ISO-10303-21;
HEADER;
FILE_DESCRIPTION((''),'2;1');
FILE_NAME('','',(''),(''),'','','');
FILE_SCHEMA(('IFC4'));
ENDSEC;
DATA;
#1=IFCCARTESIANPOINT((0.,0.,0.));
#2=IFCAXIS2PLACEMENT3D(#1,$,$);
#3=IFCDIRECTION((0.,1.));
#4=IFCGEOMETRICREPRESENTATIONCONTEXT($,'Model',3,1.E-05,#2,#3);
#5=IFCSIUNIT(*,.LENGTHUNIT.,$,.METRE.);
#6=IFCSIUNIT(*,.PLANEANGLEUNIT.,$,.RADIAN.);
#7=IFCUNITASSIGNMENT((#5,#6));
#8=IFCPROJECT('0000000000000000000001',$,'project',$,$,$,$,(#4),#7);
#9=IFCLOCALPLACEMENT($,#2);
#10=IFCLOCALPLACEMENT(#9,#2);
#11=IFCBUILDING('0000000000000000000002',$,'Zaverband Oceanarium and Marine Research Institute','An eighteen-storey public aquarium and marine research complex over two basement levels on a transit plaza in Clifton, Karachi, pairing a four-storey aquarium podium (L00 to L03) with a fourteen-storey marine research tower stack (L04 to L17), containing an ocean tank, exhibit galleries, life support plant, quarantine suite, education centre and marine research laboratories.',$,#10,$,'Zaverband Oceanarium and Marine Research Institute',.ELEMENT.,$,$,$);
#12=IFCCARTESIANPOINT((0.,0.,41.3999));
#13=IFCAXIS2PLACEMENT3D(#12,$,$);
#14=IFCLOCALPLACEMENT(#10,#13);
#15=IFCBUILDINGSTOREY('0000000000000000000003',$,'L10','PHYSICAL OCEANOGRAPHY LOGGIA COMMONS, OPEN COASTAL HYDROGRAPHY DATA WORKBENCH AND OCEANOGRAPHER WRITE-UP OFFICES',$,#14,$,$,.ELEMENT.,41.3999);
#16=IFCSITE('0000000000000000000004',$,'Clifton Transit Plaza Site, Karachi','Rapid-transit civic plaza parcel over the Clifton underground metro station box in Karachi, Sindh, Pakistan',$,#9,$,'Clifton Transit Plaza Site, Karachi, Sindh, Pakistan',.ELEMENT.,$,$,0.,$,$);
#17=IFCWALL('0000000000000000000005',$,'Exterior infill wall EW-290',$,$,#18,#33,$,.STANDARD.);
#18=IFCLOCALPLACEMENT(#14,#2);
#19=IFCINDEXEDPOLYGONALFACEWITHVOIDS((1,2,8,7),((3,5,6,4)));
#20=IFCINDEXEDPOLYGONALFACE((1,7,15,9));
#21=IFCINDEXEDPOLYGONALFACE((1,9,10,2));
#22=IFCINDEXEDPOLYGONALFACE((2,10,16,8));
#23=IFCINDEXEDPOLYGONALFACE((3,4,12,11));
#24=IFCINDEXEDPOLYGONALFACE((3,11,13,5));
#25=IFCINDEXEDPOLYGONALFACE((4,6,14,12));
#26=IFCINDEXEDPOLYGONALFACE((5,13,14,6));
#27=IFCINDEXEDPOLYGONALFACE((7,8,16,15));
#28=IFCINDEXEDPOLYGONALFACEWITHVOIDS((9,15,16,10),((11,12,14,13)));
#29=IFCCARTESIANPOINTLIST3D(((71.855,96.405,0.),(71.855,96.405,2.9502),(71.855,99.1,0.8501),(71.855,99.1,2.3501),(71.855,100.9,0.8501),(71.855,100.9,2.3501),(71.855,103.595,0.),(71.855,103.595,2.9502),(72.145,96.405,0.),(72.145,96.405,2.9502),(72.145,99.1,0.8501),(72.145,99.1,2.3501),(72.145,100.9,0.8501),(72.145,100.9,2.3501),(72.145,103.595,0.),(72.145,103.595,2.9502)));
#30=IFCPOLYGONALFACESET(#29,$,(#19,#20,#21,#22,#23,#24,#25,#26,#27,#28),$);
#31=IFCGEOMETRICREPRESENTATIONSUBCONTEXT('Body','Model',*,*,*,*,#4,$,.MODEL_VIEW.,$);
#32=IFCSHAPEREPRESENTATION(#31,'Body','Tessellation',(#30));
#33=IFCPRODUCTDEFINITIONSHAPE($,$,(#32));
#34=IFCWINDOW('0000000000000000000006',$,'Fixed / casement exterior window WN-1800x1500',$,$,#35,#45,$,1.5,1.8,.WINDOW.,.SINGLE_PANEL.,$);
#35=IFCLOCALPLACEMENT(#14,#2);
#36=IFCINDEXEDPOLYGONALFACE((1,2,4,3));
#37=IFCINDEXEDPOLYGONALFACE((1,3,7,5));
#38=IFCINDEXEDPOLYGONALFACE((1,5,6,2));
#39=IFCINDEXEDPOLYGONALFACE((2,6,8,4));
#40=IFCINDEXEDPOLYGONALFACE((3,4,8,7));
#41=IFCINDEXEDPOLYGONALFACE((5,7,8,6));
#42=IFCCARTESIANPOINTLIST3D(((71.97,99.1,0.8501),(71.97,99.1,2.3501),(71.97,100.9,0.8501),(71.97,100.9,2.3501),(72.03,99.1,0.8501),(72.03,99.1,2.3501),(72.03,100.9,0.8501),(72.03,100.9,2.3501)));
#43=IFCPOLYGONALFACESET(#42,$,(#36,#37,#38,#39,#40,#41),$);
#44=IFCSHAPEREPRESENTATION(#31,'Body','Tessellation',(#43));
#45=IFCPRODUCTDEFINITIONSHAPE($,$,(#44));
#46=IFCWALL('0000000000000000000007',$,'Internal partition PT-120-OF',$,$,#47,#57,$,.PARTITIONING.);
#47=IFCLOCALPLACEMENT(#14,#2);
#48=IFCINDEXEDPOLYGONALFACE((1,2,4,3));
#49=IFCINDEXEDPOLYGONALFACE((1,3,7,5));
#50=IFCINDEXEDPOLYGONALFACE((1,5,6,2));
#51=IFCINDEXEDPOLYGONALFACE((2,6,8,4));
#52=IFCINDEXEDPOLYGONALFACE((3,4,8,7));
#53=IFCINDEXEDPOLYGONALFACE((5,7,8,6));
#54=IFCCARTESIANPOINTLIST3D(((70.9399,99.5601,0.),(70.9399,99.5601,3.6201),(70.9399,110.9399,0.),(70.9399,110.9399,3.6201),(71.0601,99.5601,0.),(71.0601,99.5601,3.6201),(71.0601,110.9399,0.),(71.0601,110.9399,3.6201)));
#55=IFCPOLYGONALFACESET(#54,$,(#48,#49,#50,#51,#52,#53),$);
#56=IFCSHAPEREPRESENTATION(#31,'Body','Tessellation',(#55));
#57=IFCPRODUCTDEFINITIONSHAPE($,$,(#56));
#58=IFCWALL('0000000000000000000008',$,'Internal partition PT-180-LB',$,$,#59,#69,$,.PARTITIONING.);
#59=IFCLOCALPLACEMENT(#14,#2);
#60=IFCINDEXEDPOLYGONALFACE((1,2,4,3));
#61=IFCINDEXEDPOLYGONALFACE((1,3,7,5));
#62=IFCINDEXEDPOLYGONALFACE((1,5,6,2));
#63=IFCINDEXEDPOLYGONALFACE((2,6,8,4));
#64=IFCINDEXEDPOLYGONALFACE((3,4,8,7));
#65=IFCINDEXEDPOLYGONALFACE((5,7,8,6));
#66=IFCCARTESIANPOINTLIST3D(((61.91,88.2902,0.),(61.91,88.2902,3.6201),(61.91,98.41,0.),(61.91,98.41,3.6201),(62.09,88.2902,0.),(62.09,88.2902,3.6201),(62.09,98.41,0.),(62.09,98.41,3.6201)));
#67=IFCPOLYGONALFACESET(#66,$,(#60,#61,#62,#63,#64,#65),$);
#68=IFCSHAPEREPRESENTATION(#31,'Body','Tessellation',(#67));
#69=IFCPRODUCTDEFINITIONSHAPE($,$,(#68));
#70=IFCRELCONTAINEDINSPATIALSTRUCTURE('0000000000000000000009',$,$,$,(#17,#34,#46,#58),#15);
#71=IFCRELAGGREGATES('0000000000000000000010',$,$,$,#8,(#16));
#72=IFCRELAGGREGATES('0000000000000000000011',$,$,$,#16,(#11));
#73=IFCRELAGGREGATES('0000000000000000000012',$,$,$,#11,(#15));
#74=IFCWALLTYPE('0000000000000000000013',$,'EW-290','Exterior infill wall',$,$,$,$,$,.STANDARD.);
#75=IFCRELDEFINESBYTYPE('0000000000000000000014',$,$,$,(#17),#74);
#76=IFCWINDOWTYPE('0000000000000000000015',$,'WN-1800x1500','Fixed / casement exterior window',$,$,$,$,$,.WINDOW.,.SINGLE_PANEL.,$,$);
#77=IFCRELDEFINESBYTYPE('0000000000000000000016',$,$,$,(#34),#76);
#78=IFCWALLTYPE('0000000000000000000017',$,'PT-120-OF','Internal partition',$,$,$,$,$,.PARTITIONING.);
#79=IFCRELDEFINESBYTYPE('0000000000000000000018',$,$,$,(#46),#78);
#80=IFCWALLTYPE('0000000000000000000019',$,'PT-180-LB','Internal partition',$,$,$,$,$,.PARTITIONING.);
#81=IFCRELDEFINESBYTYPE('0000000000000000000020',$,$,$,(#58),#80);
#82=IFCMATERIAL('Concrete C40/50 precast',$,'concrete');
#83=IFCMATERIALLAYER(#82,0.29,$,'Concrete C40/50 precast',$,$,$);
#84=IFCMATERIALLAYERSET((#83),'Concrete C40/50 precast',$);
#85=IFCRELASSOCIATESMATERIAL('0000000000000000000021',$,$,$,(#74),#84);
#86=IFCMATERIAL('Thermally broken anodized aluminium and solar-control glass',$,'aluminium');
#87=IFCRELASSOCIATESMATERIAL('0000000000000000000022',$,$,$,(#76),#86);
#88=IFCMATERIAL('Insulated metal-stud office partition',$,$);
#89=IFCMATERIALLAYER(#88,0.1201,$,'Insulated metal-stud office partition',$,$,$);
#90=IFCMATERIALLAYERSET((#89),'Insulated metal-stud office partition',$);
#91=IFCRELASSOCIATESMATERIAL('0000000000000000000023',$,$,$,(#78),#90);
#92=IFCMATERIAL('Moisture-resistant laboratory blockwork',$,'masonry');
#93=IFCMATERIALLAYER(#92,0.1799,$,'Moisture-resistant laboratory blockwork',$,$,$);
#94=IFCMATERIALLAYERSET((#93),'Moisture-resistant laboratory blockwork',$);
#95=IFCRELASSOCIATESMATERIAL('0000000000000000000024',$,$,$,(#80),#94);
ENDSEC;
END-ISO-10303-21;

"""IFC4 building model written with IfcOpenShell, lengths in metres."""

from ifc_helpers import new_model, si_unit, direction, frame, frame_2d, origin, place, context, subcontext, project, spatial, rectangle, extrude, material, layer, layer_set, type_object, element, fill, save


model = new_model("IFC4")

# Units and contexts
model_context = context("Model", 3, precision=1e-05, world=origin(), true_north=direction((0.0, 1.0)))
body_context = subcontext(model_context, "Body", "Model", "MODEL_VIEW")
ifc_project = project(units=[si_unit("LENGTHUNIT", "METRE"), si_unit("PLANEANGLEUNIT", "RADIAN")], contexts=[model_context])

# Site, building, storey
site_placement = place(None, origin())
site = spatial("IfcSite", under=ifc_project, at=site_placement, Name="Clifton Transit Plaza Site, Karachi", Description="Rapid-transit civic plaza parcel over the Clifton underground metro station box in Karachi, Sindh, Pakistan", LongName="Clifton Transit Plaza Site, Karachi, Sindh, Pakistan", CompositionType="ELEMENT", RefElevation=0.0)
building_placement = place(site_placement, origin())
building = spatial("IfcBuilding", under=site, at=building_placement, Name="Zaverband Oceanarium and Marine Research Institute", Description="An eighteen-storey public aquarium and marine research complex over two basement levels on a transit plaza in Clifton, Karachi, pairing a four-storey aquarium podium (L00 to L03) with a fourteen-storey marine research tower stack (L04 to L17), containing an ocean tank, exhibit galleries, life support plant, quarantine suite, education centre and marine research laboratories.", LongName="Zaverband Oceanarium and Marine Research Institute", CompositionType="ELEMENT")
storey_placement = place(building_placement, frame((0.0, 0.0, 41.3999)))
storey = spatial("IfcBuildingStorey", under=building, at=storey_placement, Name="L10", Description="PHYSICAL OCEANOGRAPHY LOGGIA COMMONS, OPEN COASTAL HYDROGRAPHY DATA WORKBENCH AND OCEANOGRAPHER WRITE-UP OFFICES", CompositionType="ELEMENT", Elevation=41.3999)

# Wall, opening, window
ifc_material_1 = material(Name="Concrete C40/50 precast", Category="concrete")
ifc_material_2 = material(Name="Thermally broken anodized aluminium and solar-control glass", Category="aluminium")
ifc_layer_1 = layer(ifc_material_1, 0.29, Name="Concrete C40/50 precast")
ifc_layer_set_1 = layer_set([ifc_layer_1], Name="Concrete C40/50 precast")
wall_type_1 = type_object("IfcWallType", Name="EW-290", Description="Exterior infill wall", PredefinedType="STANDARD", material=ifc_layer_set_1)
wall_1_placement = place(storey_placement, frame((72.0, 96.405, 0.0), z_axis=(0.0, 0.0, 1.0), x_axis=(0.0, 1.0, 0.0)))
wall_1 = element("IfcWall", 1, at=wall_1_placement, inside=storey, type_object=wall_type_1, Name="Exterior infill wall EW-290", PredefinedType="STANDARD", context=body_context, shape_type="SweptSolid", body=[
    extrude(rectangle(XDim=7.1899, YDim=0.29, at=frame_2d((3.595, 0.0))), origin(), (0.0, 0.0, 1.0), 2.9502),
])
opening_1_placement = place(wall_1_placement, frame((2.6951, 0.0, 0.8501)))
opening_1 = element("IfcOpeningElement", 2, at=opening_1_placement, cuts=wall_1, PredefinedType="OPENING", context=body_context, shape_type="SweptSolid", body=[
    extrude(rectangle(XDim=1.8, YDim=1.5, at=frame_2d((0.8999, 0.75))), frame((0.0, 0.157, 0.0), z_axis=(0.0, -1.0, 0.0), x_axis=(1.0, 0.0, 0.0)), (0.0, 0.0, 1.0), 0.314),
])
window_type_1 = type_object("IfcWindowType", Name="WN-1800x1500", Description="Fixed / casement exterior window", PartitioningType="SINGLE_PANEL", PredefinedType="WINDOW", material=ifc_material_2)
window_1_placement = place(opening_1_placement, origin())
window_1 = element("IfcWindow", 3, at=window_1_placement, inside=storey, type_object=window_type_1, Name="Fixed / casement exterior window WN-1800x1500", OverallHeight=1.5, OverallWidth=1.8, PartitioningType="SINGLE_PANEL", PredefinedType="WINDOW", context=body_context, shape_type="SweptSolid", body=[
    extrude(rectangle(XDim=1.8, YDim=1.5, at=frame_2d((0.8999, 0.75))), frame((0.0, 0.03, 0.0), z_axis=(0.0, -1.0, 0.0), x_axis=(1.0, 0.0, 0.0)), (0.0, 0.0, 1.0), 0.0601),
])
fill(opening_1, window_1)

# Walls
ifc_material_3 = material(Name="Insulated metal-stud office partition")
ifc_layer_2 = layer(ifc_material_3, 0.1201, Name="Insulated metal-stud office partition")
ifc_layer_set_2 = layer_set([ifc_layer_2], Name="Insulated metal-stud office partition")
wall_type_2 = type_object("IfcWallType", Name="PT-120-OF", Description="Internal partition", PredefinedType="PARTITIONING", material=ifc_layer_set_2)
wall_2_placement = place(storey_placement, frame((71.0, 99.5601, 0.0), z_axis=(0.0, 0.0, 1.0), x_axis=(0.0, 1.0, 0.0)))
element("IfcWall", 4, at=wall_2_placement, inside=storey, type_object=wall_type_2, Name="Internal partition PT-120-OF", PredefinedType="PARTITIONING", context=body_context, shape_type="SweptSolid", body=[
    extrude(rectangle(XDim=11.3799, YDim=0.1201, at=frame_2d((5.6899, 0.0))), origin(), (0.0, 0.0, 1.0), 3.6201),
])
ifc_material_4 = material(Name="Moisture-resistant laboratory blockwork", Category="masonry")
ifc_layer_3 = layer(ifc_material_4, 0.1799, Name="Moisture-resistant laboratory blockwork")
ifc_layer_set_3 = layer_set([ifc_layer_3], Name="Moisture-resistant laboratory blockwork")
wall_type_3 = type_object("IfcWallType", Name="PT-180-LB", Description="Internal partition", PredefinedType="PARTITIONING", material=ifc_layer_set_3)
wall_3_placement = place(storey_placement, frame((62.0, 88.29, 0.0), z_axis=(0.0, 0.0, 1.0), x_axis=(0.0, 1.0, 0.0)))
element("IfcWall", 5, at=wall_3_placement, inside=storey, type_object=wall_type_3, Name="Internal partition PT-180-LB", PredefinedType="PARTITIONING", context=body_context, shape_type="SweptSolid", body=[
    extrude(rectangle(XDim=10.1199, YDim=0.1799, at=frame_2d((5.0601, 0.0))), origin(), (0.0, 0.0, 1.0), 3.6201),
])

save(model, "model.ifc")
